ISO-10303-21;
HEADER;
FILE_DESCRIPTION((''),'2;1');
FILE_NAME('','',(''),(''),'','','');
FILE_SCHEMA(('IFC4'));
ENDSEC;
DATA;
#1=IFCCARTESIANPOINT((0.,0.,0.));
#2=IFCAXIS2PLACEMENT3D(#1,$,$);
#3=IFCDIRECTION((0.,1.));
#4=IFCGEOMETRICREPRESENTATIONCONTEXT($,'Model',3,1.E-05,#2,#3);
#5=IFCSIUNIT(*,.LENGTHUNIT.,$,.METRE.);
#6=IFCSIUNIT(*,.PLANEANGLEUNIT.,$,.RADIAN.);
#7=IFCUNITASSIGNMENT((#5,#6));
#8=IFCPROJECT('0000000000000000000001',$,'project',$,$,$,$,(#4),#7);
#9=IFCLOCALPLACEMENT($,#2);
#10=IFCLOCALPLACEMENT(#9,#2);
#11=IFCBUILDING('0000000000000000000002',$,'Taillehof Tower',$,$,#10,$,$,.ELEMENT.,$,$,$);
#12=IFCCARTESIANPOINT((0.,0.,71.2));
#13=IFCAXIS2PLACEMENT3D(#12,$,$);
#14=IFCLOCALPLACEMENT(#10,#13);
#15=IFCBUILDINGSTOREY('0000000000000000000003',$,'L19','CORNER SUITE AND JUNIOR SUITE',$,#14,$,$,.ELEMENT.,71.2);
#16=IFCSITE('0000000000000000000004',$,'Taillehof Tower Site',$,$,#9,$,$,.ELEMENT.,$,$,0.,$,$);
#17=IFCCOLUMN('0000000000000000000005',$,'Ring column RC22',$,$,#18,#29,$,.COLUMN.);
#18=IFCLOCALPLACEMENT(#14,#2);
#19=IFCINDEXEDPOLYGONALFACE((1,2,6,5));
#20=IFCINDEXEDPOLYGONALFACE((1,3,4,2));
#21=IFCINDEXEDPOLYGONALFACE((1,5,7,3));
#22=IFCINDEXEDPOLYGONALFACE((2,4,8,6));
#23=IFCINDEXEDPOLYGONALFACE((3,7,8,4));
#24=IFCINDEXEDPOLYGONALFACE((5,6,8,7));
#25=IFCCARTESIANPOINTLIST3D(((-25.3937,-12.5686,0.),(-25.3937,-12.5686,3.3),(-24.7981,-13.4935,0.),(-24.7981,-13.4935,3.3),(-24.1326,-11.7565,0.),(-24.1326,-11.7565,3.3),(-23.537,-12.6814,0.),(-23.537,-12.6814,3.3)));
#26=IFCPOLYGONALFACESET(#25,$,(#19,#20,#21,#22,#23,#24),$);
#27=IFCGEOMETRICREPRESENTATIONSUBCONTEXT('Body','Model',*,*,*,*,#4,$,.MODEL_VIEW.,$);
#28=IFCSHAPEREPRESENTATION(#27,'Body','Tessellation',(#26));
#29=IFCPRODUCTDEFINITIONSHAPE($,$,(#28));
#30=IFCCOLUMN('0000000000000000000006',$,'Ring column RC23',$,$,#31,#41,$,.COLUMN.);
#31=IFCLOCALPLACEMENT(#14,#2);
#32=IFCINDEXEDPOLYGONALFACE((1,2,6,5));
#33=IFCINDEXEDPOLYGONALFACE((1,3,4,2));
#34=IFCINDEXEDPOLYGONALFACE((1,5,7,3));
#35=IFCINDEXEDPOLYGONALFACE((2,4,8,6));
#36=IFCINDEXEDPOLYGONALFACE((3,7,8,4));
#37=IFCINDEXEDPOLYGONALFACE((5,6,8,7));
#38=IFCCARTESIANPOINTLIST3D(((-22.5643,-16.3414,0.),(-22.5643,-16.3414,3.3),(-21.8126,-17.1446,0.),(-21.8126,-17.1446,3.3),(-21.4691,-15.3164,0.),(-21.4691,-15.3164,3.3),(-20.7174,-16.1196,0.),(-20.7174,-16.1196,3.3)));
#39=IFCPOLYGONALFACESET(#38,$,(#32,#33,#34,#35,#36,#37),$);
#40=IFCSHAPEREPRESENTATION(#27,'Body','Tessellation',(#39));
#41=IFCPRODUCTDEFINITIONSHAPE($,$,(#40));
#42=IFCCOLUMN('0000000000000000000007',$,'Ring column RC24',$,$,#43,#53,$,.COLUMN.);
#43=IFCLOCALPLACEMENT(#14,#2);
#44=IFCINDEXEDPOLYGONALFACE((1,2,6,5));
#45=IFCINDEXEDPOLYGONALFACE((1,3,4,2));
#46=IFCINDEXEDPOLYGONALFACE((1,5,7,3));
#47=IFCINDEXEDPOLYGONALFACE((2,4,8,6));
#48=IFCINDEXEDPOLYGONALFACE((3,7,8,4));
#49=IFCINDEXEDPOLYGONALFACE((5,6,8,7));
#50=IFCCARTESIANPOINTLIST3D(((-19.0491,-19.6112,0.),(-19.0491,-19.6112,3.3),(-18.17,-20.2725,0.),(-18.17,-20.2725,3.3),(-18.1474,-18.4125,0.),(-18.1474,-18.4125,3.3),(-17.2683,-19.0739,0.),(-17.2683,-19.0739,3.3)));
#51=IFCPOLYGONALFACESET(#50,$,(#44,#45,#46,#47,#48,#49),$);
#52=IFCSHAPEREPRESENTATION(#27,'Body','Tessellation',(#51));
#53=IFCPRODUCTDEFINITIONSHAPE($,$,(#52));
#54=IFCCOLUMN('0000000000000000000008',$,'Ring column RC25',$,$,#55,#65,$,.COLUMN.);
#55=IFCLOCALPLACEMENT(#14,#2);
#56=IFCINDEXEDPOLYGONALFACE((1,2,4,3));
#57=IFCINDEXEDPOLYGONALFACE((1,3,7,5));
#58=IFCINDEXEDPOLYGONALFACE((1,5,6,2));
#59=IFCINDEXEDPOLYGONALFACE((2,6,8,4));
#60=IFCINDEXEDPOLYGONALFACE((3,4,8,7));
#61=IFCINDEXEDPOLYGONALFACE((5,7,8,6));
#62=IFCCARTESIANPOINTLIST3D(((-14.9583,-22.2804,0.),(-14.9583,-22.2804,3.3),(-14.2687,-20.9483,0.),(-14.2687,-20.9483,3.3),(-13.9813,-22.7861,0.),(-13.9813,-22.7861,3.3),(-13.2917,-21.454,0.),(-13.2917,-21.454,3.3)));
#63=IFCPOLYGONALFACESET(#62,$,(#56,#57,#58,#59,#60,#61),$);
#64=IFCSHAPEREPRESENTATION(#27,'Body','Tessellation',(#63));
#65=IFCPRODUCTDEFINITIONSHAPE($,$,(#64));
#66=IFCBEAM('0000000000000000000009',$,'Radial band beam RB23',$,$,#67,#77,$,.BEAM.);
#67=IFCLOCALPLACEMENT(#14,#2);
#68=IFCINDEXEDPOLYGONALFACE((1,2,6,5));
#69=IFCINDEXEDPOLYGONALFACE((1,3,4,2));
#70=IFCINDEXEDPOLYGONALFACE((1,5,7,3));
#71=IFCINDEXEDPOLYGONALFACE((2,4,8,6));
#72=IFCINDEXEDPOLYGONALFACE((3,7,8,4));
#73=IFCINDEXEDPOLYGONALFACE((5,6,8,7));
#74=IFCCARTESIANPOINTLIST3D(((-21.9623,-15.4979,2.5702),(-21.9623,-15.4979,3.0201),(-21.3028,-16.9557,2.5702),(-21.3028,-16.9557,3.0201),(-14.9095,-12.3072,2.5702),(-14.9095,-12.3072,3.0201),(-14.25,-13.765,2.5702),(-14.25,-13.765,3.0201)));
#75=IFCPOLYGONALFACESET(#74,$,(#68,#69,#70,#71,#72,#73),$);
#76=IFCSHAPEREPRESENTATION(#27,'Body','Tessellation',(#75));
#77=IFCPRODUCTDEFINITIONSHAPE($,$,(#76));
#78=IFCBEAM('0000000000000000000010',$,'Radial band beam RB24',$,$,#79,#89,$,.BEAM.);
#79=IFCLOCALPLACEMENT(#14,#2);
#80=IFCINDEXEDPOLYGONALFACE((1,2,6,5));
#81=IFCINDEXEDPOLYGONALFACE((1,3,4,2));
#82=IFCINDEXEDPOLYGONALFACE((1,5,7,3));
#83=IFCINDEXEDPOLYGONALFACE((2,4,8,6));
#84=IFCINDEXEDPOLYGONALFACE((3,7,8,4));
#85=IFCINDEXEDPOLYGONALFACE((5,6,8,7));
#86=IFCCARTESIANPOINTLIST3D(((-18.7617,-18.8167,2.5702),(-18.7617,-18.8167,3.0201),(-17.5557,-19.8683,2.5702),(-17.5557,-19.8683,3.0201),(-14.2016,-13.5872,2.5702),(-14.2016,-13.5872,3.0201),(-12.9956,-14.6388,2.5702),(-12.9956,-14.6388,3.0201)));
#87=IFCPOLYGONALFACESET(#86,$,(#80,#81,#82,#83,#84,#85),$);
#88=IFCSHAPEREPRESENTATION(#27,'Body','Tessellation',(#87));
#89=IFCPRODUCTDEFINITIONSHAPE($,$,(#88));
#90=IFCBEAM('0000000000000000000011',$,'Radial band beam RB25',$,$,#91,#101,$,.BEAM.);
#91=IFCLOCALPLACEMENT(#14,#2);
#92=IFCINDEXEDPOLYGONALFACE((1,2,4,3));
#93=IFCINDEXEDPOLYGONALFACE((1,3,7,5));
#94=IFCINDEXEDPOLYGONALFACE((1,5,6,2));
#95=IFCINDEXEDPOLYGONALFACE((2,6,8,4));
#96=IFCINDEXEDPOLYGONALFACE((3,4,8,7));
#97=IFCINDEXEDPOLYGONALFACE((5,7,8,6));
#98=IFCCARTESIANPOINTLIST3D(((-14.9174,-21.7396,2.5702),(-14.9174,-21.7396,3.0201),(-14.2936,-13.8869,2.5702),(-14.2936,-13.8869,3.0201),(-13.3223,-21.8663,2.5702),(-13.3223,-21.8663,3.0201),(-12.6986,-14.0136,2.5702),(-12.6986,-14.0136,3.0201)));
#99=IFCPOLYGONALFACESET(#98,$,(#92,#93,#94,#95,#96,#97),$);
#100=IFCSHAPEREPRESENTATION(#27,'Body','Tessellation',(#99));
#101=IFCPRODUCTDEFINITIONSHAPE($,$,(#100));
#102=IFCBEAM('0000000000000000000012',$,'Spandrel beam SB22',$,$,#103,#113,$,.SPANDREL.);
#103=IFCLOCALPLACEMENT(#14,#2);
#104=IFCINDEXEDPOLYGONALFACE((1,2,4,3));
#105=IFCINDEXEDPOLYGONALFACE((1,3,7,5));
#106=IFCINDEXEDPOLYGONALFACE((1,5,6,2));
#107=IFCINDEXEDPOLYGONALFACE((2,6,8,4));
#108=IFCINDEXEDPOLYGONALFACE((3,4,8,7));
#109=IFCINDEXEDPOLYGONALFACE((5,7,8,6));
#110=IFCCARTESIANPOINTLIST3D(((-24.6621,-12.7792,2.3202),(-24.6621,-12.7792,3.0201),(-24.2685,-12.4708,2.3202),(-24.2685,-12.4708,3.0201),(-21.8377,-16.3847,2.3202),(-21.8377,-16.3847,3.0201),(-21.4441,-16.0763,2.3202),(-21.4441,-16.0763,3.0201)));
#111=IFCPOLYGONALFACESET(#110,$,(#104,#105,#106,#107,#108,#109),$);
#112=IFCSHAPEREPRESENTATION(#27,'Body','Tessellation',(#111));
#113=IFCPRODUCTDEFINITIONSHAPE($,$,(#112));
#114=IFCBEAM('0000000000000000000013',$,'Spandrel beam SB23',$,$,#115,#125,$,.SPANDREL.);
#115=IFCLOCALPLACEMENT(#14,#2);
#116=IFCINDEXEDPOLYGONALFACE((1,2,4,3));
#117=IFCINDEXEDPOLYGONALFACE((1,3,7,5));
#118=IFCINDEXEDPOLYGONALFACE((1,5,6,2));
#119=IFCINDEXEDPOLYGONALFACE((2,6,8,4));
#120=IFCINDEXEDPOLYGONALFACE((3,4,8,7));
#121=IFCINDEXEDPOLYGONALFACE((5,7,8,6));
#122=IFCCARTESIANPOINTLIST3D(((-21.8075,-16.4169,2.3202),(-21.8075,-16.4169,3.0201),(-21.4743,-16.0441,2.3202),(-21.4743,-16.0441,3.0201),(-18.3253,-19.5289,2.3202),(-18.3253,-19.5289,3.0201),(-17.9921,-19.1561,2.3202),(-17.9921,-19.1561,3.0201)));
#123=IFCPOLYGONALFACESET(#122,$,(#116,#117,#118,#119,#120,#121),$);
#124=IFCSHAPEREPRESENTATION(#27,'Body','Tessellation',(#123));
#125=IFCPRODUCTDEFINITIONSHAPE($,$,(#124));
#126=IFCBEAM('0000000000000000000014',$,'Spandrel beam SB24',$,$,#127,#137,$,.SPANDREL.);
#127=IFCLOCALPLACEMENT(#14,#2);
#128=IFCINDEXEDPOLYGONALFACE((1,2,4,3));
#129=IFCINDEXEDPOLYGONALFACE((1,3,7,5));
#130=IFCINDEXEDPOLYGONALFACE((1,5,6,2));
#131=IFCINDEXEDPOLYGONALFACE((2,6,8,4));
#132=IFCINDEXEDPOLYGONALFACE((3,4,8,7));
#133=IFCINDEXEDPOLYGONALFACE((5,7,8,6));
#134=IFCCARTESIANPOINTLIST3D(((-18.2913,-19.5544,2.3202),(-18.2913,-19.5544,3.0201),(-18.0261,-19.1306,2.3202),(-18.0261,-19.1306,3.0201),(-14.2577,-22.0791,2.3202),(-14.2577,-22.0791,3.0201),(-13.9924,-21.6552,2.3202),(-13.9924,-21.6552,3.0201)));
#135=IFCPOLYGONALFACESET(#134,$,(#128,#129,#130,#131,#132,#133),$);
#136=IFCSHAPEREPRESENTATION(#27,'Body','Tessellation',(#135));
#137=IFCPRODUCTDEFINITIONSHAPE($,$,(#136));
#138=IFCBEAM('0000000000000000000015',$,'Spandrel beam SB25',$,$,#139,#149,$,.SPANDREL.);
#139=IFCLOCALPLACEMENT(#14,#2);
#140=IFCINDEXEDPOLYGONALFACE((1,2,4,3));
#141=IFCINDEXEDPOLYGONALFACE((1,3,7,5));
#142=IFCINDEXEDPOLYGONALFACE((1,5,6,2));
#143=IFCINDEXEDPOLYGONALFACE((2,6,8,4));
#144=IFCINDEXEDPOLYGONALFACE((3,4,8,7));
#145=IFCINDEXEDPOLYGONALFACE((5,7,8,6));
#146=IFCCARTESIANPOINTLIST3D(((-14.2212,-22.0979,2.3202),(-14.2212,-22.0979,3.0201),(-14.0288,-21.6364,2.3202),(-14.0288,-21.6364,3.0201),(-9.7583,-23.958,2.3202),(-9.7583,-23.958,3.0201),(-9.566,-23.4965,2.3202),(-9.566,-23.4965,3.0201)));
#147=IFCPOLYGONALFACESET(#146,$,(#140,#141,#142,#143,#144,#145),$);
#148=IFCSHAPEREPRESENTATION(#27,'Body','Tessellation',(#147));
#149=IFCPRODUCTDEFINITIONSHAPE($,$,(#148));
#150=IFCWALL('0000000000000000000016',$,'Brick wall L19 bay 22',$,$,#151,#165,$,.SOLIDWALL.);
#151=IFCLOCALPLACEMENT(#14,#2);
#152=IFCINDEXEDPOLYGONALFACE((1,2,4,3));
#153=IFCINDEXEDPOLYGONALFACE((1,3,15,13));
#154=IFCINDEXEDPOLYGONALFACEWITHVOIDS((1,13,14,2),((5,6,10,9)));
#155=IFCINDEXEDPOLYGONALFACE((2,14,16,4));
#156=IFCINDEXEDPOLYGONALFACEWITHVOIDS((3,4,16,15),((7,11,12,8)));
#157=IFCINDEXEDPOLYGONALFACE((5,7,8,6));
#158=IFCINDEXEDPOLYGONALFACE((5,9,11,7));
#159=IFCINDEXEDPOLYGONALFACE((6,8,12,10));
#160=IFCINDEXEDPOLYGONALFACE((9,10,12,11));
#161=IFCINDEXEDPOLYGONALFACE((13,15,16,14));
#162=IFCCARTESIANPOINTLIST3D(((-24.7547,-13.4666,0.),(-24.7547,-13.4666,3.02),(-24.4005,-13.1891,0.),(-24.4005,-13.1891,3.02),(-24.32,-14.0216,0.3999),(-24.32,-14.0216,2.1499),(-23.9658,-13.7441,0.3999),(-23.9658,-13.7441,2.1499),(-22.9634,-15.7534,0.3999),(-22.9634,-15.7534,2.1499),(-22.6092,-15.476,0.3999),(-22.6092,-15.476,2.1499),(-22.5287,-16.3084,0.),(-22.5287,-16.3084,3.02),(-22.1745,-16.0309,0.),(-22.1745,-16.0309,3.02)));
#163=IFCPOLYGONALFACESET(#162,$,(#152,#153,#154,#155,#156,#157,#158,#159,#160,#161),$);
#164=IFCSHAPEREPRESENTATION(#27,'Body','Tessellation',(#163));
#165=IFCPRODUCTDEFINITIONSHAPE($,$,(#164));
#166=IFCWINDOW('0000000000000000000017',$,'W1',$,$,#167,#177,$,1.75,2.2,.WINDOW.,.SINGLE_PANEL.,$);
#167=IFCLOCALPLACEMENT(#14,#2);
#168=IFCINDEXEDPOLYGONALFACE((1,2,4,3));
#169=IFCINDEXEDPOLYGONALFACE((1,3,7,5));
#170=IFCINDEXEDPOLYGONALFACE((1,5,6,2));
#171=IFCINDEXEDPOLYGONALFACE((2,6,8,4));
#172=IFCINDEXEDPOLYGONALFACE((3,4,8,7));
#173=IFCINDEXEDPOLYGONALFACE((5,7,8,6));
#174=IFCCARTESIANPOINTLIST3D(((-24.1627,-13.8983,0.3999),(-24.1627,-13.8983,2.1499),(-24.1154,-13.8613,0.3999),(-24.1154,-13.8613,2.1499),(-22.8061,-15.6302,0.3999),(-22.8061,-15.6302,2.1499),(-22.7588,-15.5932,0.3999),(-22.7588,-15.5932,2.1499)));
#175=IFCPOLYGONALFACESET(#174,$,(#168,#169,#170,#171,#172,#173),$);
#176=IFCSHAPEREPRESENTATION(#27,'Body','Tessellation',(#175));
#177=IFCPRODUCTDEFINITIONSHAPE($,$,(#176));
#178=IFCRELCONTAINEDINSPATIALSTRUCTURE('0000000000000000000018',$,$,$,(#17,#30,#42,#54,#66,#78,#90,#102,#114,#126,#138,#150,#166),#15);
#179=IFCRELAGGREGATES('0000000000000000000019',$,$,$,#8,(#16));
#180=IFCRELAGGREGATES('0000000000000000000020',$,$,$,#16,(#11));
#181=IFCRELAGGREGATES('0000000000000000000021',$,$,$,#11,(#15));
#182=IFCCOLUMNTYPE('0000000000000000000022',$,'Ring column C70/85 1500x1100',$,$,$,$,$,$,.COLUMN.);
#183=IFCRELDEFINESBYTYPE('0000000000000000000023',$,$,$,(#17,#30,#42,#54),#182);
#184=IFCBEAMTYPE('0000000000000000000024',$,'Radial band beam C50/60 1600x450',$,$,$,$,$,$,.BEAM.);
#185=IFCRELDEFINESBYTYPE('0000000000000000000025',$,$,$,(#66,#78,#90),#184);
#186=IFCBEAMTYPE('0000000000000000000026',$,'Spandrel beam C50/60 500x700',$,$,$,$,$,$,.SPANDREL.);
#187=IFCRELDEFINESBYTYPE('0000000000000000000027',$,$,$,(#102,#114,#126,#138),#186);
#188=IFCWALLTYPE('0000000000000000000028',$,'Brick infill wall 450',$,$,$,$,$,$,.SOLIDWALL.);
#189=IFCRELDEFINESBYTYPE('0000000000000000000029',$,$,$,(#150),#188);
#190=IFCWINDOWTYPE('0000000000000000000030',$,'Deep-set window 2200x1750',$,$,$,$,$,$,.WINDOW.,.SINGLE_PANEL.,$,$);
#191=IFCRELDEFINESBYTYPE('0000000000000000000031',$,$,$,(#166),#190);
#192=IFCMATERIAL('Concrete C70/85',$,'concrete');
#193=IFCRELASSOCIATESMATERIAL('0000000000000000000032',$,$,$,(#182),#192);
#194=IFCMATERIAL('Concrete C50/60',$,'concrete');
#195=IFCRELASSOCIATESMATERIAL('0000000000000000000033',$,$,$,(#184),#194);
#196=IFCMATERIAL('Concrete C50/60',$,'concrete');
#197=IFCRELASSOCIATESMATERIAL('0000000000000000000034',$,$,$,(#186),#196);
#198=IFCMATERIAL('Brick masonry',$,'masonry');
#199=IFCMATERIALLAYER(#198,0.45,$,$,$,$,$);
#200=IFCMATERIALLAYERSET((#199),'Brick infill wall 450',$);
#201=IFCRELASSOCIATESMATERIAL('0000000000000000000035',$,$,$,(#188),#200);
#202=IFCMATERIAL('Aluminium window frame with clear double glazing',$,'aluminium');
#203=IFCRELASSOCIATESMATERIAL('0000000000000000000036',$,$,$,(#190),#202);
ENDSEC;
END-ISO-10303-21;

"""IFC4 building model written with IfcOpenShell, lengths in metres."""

from ifc_helpers import new_model, si_unit, direction, frame, frame_2d, origin, origin_2d, place, context, subcontext, project, spatial, rectangle, extrude, material, layer, layer_set, material_profile, profile_set, type_object, element, fill, save


model = new_model("IFC4")

# Units and contexts
model_context = context("Model", 3, precision=1e-05, world=origin(), true_north=direction((0.0, 1.0)))
body_context = subcontext(model_context, "Body", "Model", "MODEL_VIEW")
ifc_project = project(units=[si_unit("LENGTHUNIT", "METRE"), si_unit("PLANEANGLEUNIT", "RADIAN")], contexts=[model_context])

# Site, building, storey
site_placement = place(None, origin())
site = spatial("IfcSite", under=ifc_project, at=site_placement, Name="Taillehof Tower Site", CompositionType="ELEMENT", RefElevation=0.0)
building_placement = place(site_placement, origin())
building = spatial("IfcBuilding", under=site, at=building_placement, Name="Taillehof Tower", CompositionType="ELEMENT")
storey_placement = place(building_placement, frame((0.0, 0.0, 71.2)))
storey = spatial("IfcBuildingStorey", under=building, at=storey_placement, Name="L19", Description="CORNER SUITE AND JUNIOR SUITE", CompositionType="ELEMENT", Elevation=71.2)

# Columns
ifc_material_1 = material(Name="Concrete C70/85", Category="concrete")
ifc_material_profile_1 = material_profile(ifc_material_1, rectangle(XDim=1.5, YDim=1.1001, at=origin_2d()), Name="RC 1500x1100")
ifc_profile_set_1 = profile_set([ifc_material_profile_1], Name="Concrete C70/85")
column_type = type_object("IfcColumnType", Name="Ring column C70/85 1500x1100", PredefinedType="COLUMN", material=ifc_profile_set_1)
for number, where, z_axis, x_axis, name in (
    (1, (-24.4653, -12.625, 0.0), (0.0, 0.0, 1.0), (-0.840754, -0.541418, 0.0), "Ring column RC22"),
    (2, (-21.6409, -16.2305, 0.0), (0.0, 0.0, 1.0), (-0.730113, -0.683326, 0.0), "Ring column RC23"),
    (3, (-18.1587, -19.3425, 0.0), (0.0, 0.0, 1.0), (-0.601174, -0.799118, 0.0), "Ring column RC24"),
    (4, (-14.125, -21.8672, 0.0), (0.0, 0.0, 1.0), (-0.459691, -0.888079, 0.0), "Ring column RC25"),
):
    element("IfcColumn", number, at=place(storey_placement, frame(where, z_axis=z_axis, x_axis=x_axis)), inside=storey, type_object=column_type, Name=name, PredefinedType="COLUMN", context=body_context, shape_type="SweptSolid", body=[
        extrude(rectangle(XDim=1.5, YDim=1.1001, at=origin_2d()), origin(), (0.0, 0.0, 1.0), 3.3),
    ])

# Beams
ifc_material_2 = material(Name="Concrete C50/60", Category="concrete")
ifc_material_profile_2 = material_profile(ifc_material_2, rectangle(XDim=1.6001, YDim=0.45, at=origin_2d()), Name="RC 1600x450")
ifc_profile_set_2 = profile_set([ifc_material_profile_2], Name="Concrete C50/60")
beam_type_1 = type_object("IfcBeamType", Name="Radial band beam C50/60 1600x450", PredefinedType="BEAM", material=ifc_profile_set_2)
beam_1_placement = place(storey_placement, frame((-21.6326, -16.2268, 2.7952), z_axis=(0.911101, 0.412184, 0.0), x_axis=(-0.412184, 0.911101, 0.0)))
element("IfcBeam", 5, at=beam_1_placement, inside=storey, type_object=beam_type_1, Name="Radial band beam RB23", PredefinedType="BEAM", context=body_context, shape_type="SweptSolid", body=[
    extrude(rectangle(XDim=1.6001, YDim=0.45, at=origin_2d()), origin(), (0.0, 0.0, 1.0), 7.741),
])
beam_2_placement = place(storey_placement, frame((-18.1587, -19.3425, 2.7952), z_axis=(0.657218, 0.7537, 0.0), x_axis=(-0.7537, 0.657218, 0.0)))
element("IfcBeam", 6, at=beam_2_placement, inside=storey, type_object=beam_type_1, Name="Radial band beam RB24", PredefinedType="BEAM", context=body_context, shape_type="SweptSolid", body=[
    extrude(rectangle(XDim=1.6001, YDim=0.45, at=origin_2d()), origin(), (0.0, 0.0, 1.0), 6.9385),
])
beam_3_placement = place(storey_placement, frame((-14.1199, -21.803, 2.7952), z_axis=(0.079185, 0.99686, 0.0), x_axis=(-0.99686, 0.079185, 0.0)))
element("IfcBeam", 7, at=beam_3_placement, inside=storey, type_object=beam_type_1, Name="Radial band beam RB25", PredefinedType="BEAM", context=body_context, shape_type="SweptSolid", body=[
    extrude(rectangle(XDim=1.6001, YDim=0.45, at=origin_2d()), origin(), (0.0, 0.0, 1.0), 7.8774),
])
ifc_material_3 = material(Name="Concrete C50/60", Category="concrete")
ifc_material_profile_3 = material_profile(ifc_material_3, rectangle(XDim=0.5, YDim=0.7, at=origin_2d()), Name="RC 500x700")
ifc_profile_set_3 = profile_set([ifc_material_profile_3], Name="Concrete C50/60")
beam_type_2 = type_object("IfcBeamType", Name="Spandrel beam C50/60 500x700", PredefinedType="SPANDREL", material=ifc_profile_set_3)
beam_4_placement = place(storey_placement, frame((-24.4653, -12.625, 2.6702), z_axis=(0.616686, -0.787209, 0.0), x_axis=(0.787209, 0.616686, 0.0)))
element("IfcBeam", 8, at=beam_4_placement, inside=storey, type_object=beam_type_2, Name="Spandrel beam SB22", PredefinedType="SPANDREL", context=body_context, shape_type="SweptSolid", body=[
    extrude(rectangle(XDim=0.5, YDim=0.7, at=origin_2d()), origin(), (0.0, 0.0, 1.0), 4.5801),
])
beam_5_placement = place(storey_placement, frame((-21.6409, -16.2305, 2.6702), z_axis=(0.745621, -0.66637, 0.0), x_axis=(0.66637, 0.745621, 0.0)))
element("IfcBeam", 9, at=beam_5_placement, inside=storey, type_object=beam_type_2, Name="Spandrel beam SB23", PredefinedType="SPANDREL", context=body_context, shape_type="SweptSolid", body=[
    extrude(rectangle(XDim=0.5, YDim=0.7, at=origin_2d()), origin(), (0.0, 0.0, 1.0), 4.6702),
])
beam_6_placement = place(storey_placement, frame((-18.1587, -19.3425, 2.6702), z_axis=(0.847658, -0.530543, 0.0), x_axis=(0.530543, 0.847658, 0.0)))
element("IfcBeam", 10, at=beam_6_placement, inside=storey, type_object=beam_type_2, Name="Spandrel beam SB24", PredefinedType="SPANDREL", context=body_context, shape_type="SweptSolid", body=[
    extrude(rectangle(XDim=0.5, YDim=0.7, at=origin_2d()), origin(), (0.0, 0.0, 1.0), 4.7585),
])
beam_7_placement = place(storey_placement, frame((-14.125, -21.8672, 2.6702), z_axis=(0.923035, -0.384716, 0.0), x_axis=(0.384716, 0.923035, 0.0)))
element("IfcBeam", 11, at=beam_7_placement, inside=storey, type_object=beam_type_2, Name="Spandrel beam SB25", PredefinedType="SPANDREL", context=body_context, shape_type="SweptSolid", body=[
    extrude(rectangle(XDim=0.5, YDim=0.7, at=origin_2d()), origin(), (0.0, 0.0, 1.0), 4.835),
])

# Wall, opening, window
ifc_material_4 = material(Name="Brick masonry", Category="masonry")
ifc_layer_1 = layer(ifc_material_4, 0.45)
ifc_layer_set_1 = layer_set([ifc_layer_1], Name="Brick infill wall 450")
wall_type_1 = type_object("IfcWallType", Name="Brick infill wall 450", PredefinedType="SOLIDWALL", material=ifc_layer_set_1)
wall_1_placement = place(storey_placement, frame((-24.5776, -13.3279, 0.0), z_axis=(0.0, 0.0, 1.0), x_axis=(0.616662, -0.787228, 0.0)))
wall_1 = element("IfcWall", 12, at=wall_1_placement, inside=storey, type_object=wall_type_1, Name="Brick wall L19 bay 22", PredefinedType="SOLIDWALL", context=body_context, shape_type="SweptSolid", body=[
    extrude(rectangle(XDim=3.6099, YDim=0.45, at=frame_2d((1.8049, 0.0))), origin(), (0.0, 0.0, 1.0), 3.02),
])
opening_1_placement = place(wall_1_placement, frame((0.7048, 0.0, 0.3999)))
opening_1 = element("IfcOpeningElement", 13, at=opening_1_placement, cuts=wall_1, PredefinedType="OPENING", context=body_context, shape_type="SweptSolid", body=[
    extrude(rectangle(XDim=2.2, YDim=1.75, at=frame_2d((1.1001, 0.875))), frame((0.0, 0.2349, 0.0), z_axis=(0.0, -1.0, 0.0), x_axis=(1.0, 0.0, 0.0)), (0.0, 0.0, 1.0), 0.47),
])
ifc_material_5 = material(Name="Aluminium window frame with clear double glazing", Category="aluminium")
window_type = type_object("IfcWindowType", Name="Deep-set window 2200x1750", PartitioningType="SINGLE_PANEL", PredefinedType="WINDOW", material=ifc_material_5)
window_1_placement = place(opening_1_placement, origin())
window_1 = element("IfcWindow", 14, at=window_1_placement, inside=storey, type_object=window_type, Name="W1", OverallHeight=1.75, OverallWidth=2.2, PartitioningType="SINGLE_PANEL", PredefinedType="WINDOW", context=body_context, shape_type="SweptSolid", body=[
    extrude(rectangle(XDim=2.2, YDim=1.75, at=frame_2d((1.1001, 0.875))), frame((0.0, 0.0349, 0.0), z_axis=(0.0, -1.0, 0.0), x_axis=(1.0, 0.0, 0.0)), (0.0, 0.0, 1.0), 0.0601),
])
fill(opening_1, window_1)

save(model, "model.ifc")
